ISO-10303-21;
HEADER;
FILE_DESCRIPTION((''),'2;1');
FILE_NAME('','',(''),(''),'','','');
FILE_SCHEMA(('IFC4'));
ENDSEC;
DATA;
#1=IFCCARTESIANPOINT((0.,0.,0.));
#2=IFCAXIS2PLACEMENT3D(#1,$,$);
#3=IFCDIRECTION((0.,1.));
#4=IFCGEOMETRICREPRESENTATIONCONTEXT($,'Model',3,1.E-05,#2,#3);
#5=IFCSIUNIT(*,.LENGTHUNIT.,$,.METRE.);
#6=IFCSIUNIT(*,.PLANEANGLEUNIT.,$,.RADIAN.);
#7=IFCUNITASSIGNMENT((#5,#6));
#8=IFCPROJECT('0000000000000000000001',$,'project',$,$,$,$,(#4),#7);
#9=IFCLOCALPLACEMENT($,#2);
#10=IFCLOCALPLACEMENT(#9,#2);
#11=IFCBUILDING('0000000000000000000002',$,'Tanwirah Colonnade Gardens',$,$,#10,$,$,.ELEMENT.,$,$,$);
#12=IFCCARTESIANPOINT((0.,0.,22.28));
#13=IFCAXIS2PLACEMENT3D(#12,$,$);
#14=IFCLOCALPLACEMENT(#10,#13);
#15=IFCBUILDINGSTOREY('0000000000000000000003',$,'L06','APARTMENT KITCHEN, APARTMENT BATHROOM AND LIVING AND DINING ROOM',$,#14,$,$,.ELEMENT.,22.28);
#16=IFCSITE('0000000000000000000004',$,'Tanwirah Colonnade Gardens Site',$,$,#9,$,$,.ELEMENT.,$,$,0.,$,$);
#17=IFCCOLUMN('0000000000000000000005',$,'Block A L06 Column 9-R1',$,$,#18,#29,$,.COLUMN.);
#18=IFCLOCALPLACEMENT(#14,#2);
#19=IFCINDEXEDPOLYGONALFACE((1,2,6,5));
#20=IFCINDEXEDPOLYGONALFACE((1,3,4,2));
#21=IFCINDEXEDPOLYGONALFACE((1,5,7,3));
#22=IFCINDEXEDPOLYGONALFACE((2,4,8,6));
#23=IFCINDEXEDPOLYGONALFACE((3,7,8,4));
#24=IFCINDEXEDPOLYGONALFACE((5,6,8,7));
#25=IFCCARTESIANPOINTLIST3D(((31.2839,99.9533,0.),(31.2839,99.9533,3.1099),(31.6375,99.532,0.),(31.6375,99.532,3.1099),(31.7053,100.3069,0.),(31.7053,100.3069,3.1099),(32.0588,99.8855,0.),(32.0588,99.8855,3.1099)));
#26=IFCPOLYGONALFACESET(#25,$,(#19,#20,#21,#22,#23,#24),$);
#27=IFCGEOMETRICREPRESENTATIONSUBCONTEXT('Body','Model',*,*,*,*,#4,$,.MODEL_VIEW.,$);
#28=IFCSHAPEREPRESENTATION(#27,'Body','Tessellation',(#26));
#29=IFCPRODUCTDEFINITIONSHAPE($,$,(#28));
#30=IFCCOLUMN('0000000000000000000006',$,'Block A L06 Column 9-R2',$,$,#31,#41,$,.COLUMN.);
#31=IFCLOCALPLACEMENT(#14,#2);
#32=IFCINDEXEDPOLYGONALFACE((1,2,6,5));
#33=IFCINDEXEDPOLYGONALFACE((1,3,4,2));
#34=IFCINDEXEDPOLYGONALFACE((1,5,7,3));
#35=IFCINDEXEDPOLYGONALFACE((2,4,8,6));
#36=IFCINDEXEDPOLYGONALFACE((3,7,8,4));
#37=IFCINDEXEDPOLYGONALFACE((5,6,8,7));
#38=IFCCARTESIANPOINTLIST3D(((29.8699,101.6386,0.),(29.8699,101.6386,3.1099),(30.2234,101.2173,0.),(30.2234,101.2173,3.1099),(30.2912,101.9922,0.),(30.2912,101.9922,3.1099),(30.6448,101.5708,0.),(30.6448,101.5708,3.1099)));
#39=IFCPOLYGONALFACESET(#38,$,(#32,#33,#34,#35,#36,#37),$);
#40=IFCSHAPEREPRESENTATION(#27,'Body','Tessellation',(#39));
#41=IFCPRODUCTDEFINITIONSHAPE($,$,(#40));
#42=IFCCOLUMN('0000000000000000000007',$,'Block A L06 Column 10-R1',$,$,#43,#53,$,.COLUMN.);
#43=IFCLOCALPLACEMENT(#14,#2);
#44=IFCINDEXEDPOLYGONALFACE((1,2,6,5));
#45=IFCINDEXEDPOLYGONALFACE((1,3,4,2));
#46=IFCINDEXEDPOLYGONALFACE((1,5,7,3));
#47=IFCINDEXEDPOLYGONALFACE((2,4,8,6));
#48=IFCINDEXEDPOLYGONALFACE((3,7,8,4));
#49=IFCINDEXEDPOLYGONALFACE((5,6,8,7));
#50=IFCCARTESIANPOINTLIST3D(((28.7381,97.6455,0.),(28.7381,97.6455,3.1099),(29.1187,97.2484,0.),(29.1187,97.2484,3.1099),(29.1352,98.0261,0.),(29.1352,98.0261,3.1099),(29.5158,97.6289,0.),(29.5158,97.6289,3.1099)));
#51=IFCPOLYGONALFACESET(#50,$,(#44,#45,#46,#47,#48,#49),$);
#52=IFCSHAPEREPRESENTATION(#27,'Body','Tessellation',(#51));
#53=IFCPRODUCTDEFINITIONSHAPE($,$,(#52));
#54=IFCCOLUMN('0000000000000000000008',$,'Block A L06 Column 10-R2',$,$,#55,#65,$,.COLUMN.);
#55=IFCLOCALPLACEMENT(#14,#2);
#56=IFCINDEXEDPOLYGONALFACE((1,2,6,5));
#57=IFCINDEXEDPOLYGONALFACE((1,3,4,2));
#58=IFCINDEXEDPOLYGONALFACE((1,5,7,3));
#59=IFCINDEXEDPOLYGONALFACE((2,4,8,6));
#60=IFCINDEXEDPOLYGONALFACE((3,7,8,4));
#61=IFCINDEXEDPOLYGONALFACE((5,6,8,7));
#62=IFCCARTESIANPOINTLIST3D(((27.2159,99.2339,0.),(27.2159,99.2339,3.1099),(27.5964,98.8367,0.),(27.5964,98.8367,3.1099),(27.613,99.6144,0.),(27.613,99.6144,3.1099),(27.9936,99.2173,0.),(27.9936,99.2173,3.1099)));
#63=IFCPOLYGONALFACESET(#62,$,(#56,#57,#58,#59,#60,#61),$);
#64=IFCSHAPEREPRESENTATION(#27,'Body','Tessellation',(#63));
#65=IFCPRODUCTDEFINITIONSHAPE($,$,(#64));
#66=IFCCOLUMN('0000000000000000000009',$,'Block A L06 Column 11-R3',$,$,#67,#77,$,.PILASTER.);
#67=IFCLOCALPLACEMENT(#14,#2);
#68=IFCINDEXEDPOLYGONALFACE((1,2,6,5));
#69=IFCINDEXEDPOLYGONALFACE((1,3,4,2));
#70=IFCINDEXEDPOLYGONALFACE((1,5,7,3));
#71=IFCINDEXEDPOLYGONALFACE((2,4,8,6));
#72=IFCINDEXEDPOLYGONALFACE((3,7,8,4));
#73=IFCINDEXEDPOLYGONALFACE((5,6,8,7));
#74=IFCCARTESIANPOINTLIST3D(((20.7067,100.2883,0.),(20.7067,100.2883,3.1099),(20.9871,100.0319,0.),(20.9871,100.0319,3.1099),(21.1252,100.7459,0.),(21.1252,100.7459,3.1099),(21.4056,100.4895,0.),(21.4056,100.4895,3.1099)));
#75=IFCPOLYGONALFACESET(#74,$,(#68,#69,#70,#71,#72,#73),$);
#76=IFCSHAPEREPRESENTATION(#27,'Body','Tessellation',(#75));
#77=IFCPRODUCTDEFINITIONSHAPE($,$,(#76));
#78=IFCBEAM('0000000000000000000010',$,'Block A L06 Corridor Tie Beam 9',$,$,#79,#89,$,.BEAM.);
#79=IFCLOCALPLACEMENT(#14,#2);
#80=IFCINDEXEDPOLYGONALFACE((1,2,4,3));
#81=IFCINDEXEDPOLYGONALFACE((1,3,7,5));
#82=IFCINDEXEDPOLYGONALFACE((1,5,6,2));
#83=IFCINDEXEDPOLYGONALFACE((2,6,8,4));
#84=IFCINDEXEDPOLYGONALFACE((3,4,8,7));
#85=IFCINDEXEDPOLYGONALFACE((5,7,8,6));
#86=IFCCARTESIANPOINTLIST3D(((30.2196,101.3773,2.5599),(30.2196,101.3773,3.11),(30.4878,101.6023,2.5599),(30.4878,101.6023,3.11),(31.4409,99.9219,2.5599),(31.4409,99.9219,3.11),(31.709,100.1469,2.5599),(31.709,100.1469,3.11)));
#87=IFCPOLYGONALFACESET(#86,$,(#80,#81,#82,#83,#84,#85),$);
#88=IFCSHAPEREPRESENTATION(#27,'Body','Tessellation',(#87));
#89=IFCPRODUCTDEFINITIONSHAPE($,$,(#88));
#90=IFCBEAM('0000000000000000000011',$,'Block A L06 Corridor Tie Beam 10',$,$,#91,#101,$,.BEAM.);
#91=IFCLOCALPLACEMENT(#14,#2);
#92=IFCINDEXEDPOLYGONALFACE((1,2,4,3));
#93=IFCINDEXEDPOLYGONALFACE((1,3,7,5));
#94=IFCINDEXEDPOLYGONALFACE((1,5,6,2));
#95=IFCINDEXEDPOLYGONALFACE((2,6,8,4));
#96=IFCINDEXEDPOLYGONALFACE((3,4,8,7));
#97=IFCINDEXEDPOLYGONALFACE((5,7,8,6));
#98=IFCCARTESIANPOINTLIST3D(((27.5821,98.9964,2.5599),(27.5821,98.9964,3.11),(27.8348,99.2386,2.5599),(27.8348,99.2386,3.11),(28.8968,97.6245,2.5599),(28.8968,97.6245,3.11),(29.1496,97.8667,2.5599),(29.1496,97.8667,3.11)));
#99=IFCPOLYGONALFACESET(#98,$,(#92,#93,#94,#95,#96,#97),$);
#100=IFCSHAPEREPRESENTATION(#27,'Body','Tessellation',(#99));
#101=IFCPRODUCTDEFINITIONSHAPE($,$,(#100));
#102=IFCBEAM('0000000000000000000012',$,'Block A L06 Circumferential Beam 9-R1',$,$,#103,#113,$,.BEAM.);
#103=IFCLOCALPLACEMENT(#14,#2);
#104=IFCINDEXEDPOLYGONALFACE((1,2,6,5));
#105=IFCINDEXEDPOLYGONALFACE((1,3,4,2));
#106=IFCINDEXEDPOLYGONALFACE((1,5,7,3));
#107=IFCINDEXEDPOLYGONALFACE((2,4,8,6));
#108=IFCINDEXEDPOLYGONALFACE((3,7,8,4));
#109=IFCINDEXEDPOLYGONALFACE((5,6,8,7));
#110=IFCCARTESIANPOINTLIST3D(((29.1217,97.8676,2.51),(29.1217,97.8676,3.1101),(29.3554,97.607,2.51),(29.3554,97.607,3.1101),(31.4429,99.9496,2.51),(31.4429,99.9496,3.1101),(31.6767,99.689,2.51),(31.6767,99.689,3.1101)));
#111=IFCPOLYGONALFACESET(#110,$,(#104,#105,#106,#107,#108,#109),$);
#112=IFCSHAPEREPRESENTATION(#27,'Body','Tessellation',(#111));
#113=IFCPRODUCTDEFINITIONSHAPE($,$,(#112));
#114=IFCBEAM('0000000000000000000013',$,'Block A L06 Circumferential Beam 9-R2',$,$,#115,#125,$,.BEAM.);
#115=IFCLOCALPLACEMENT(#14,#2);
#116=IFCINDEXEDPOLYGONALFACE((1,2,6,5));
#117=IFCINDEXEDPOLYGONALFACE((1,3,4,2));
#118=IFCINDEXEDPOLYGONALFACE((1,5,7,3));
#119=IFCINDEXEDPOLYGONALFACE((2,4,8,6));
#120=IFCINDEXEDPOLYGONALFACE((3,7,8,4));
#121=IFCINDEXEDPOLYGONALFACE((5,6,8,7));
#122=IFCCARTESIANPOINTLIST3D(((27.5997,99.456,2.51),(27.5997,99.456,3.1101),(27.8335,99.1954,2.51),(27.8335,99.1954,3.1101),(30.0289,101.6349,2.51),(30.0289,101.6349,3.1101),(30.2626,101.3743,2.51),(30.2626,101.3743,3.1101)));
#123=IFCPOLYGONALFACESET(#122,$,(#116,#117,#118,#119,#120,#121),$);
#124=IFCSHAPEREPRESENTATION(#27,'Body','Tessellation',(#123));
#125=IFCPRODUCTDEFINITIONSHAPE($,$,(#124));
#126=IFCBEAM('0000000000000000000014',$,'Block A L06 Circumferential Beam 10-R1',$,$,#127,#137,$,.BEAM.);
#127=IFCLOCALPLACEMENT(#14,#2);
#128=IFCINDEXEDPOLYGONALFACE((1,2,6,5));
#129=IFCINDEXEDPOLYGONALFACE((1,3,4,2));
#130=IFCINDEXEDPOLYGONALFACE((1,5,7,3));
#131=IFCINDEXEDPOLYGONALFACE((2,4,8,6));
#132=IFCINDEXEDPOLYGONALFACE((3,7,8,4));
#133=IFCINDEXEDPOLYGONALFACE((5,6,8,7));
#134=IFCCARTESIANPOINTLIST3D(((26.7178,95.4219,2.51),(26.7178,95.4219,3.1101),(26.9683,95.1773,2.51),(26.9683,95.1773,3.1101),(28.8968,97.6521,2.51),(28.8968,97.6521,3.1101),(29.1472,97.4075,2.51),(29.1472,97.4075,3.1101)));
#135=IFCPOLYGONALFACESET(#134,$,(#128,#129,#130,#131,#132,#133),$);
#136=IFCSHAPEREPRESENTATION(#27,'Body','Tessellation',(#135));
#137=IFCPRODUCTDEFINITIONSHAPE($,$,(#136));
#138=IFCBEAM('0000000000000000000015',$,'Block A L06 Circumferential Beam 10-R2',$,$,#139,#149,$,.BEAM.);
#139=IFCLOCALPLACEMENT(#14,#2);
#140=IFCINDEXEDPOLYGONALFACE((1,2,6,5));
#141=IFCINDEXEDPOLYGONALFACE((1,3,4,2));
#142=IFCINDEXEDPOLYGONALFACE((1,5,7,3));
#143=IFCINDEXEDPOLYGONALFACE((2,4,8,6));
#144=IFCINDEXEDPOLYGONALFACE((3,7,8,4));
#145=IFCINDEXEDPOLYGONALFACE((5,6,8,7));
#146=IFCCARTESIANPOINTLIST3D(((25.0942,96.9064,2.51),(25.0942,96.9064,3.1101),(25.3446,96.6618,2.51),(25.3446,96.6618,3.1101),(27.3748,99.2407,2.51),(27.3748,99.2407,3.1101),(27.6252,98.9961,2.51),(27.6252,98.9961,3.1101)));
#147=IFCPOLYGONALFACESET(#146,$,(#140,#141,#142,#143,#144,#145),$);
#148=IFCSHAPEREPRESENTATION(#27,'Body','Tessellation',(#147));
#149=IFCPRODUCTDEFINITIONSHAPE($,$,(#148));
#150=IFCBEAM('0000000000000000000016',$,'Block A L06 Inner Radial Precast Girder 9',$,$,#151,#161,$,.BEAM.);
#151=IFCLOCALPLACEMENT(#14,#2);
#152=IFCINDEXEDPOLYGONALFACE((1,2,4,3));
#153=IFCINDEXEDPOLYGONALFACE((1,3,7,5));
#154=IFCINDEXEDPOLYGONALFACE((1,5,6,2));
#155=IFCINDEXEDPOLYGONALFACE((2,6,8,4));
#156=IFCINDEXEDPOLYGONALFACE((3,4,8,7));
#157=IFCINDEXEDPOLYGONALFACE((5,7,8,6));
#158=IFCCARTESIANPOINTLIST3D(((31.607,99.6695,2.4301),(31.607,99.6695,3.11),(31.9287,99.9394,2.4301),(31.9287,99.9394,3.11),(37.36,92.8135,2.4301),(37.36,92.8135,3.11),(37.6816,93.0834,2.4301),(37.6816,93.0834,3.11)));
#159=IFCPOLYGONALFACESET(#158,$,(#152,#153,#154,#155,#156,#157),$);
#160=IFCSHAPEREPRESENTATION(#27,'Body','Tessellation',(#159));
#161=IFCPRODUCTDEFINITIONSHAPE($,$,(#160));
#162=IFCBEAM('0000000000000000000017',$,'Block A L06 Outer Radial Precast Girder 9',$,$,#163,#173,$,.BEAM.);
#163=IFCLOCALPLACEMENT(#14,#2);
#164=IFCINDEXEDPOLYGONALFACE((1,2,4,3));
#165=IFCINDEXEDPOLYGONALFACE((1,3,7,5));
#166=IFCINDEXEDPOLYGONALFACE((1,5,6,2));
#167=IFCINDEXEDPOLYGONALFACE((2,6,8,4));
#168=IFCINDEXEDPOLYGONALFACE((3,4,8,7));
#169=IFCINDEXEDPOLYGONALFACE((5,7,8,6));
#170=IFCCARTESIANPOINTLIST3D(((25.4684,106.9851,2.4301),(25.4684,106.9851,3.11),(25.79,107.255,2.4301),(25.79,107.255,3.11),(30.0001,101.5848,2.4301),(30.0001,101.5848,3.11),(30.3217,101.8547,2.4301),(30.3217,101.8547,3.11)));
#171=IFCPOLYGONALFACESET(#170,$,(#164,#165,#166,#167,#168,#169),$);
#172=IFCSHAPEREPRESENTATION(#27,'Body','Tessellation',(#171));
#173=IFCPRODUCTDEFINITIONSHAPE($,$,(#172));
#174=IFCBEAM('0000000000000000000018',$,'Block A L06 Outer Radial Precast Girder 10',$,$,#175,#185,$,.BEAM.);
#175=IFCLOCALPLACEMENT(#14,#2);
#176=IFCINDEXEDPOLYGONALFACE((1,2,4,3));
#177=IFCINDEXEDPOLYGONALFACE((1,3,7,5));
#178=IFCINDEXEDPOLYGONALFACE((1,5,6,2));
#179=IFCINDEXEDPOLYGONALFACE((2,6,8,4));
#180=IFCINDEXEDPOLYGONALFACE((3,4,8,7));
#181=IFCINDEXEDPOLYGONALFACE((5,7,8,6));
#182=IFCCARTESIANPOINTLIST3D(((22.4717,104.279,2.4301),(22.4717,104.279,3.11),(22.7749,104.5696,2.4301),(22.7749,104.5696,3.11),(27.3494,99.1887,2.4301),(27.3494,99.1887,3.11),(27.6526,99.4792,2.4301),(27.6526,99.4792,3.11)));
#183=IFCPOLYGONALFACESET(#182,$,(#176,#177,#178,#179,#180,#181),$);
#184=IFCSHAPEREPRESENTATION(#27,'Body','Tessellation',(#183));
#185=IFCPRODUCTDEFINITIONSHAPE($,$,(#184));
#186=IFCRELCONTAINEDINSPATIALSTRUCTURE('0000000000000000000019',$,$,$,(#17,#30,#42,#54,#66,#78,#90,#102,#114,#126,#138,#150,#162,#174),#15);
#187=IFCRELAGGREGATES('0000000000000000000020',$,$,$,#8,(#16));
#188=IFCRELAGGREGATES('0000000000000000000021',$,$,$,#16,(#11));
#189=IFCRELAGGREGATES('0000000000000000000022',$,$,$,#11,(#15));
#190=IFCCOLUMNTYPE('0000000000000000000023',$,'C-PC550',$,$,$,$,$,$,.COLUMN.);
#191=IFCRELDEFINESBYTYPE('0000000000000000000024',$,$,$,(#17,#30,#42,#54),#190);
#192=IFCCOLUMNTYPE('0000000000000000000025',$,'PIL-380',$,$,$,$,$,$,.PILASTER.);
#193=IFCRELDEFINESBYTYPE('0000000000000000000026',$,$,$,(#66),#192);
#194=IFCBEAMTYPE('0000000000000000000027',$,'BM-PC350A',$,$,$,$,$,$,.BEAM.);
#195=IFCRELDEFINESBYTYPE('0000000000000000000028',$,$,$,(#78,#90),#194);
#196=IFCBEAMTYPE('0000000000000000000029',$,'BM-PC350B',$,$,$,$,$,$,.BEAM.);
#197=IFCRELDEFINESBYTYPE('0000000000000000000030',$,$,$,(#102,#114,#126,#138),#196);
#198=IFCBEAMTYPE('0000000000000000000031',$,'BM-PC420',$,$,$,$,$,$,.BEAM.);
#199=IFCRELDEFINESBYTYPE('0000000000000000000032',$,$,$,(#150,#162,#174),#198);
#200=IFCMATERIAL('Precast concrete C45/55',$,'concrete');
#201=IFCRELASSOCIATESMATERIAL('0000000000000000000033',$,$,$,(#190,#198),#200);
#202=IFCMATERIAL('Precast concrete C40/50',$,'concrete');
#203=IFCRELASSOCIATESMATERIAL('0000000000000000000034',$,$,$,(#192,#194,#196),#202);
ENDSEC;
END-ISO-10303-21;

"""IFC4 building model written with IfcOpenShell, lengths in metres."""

from ifc_helpers import new_model, si_unit, direction, frame, origin, origin_2d, place, context, subcontext, project, spatial, rectangle, extrude, material, material_profile, profile_set, type_object, element, save


model = new_model("IFC4")

# Units and contexts
model_context = context("Model", 3, precision=1e-05, world=origin(), true_north=direction((0.0, 1.0)))
body_context = subcontext(model_context, "Body", "Model", "MODEL_VIEW")
ifc_project = project(units=[si_unit("LENGTHUNIT", "METRE"), si_unit("PLANEANGLEUNIT", "RADIAN")], contexts=[model_context])

# Site, building, storey
site_placement = place(None, origin())
site = spatial("IfcSite", under=ifc_project, at=site_placement, Name="Tanwirah Colonnade Gardens Site", CompositionType="ELEMENT", RefElevation=0.0)
building_placement = place(site_placement, origin())
building = spatial("IfcBuilding", under=site, at=building_placement, Name="Tanwirah Colonnade Gardens", CompositionType="ELEMENT")
storey_placement = place(building_placement, frame((0.0, 0.0, 22.28)))
storey = spatial("IfcBuildingStorey", under=building, at=storey_placement, Name="L06", Description="APARTMENT KITCHEN, APARTMENT BATHROOM AND LIVING AND DINING ROOM", CompositionType="ELEMENT", Elevation=22.28)

# Columns
ifc_material_1 = material(Name="Precast concrete C45/55", Category="concrete")
ifc_material_profile_1 = material_profile(ifc_material_1, rectangle(XDim=0.55, YDim=0.55, at=origin_2d()), Name="PC-COL 550x550")
ifc_profile_set_1 = profile_set([ifc_material_profile_1], Name="Precast concrete C45/55")
column_type_1 = type_object("IfcColumnType", Name="C-PC550", PredefinedType="COLUMN", material=ifc_profile_set_1)
for number, where, z_axis, x_axis, name in (
    (1, (31.6714, 99.9194, 0.0), (0.0, 0.0, 1.0), (-0.642788, 0.766044, 0.0), "Block A L06 Column 9-R1"),
    (2, (30.2573, 101.6047, 0.0), (0.0, 0.0, 1.0), (-0.642788, 0.766044, 0.0), "Block A L06 Column 9-R2"),
    (3, (29.127, 97.6372, 0.0), (0.0, 0.0, 1.0), (-0.691863, 0.722029, 0.0), "Block A L06 Column 10-R1"),
    (4, (27.6047, 99.2256, 0.0), (0.0, 0.0, 1.0), (-0.691863, 0.722029, 0.0), "Block A L06 Column 10-R2"),
):
    element("IfcColumn", number, at=place(storey_placement, frame(where, z_axis=z_axis, x_axis=x_axis)), inside=storey, type_object=column_type_1, Name=name, PredefinedType="COLUMN", context=body_context, shape_type="SweptSolid", body=[
        extrude(rectangle(XDim=0.55, YDim=0.55, at=origin_2d()), origin(), (0.0, 0.0, 1.0), 3.1099),
    ])
ifc_material_2 = material(Name="Precast concrete C40/50", Category="concrete")
ifc_material_profile_2 = material_profile(ifc_material_2, rectangle(XDim=0.3799, YDim=0.6201, at=origin_2d()), Name="PC-PIL 380x620")
ifc_profile_set_2 = profile_set([ifc_material_profile_2], Name="Precast concrete C40/50")
column_type_2 = type_object("IfcColumnType", Name="PIL-380", PredefinedType="PILASTER", material=ifc_profile_set_2)
column_placement = place(storey_placement, frame((21.0562, 100.3889, 0.0), z_axis=(0.0, 0.0, 1.0), x_axis=(-0.737932, 0.674875, 0.0)))
element("IfcColumn", 5, at=column_placement, inside=storey, type_object=column_type_2, Name="Block A L06 Column 11-R3", PredefinedType="PILASTER", context=body_context, shape_type="SweptSolid", body=[
    extrude(rectangle(XDim=0.3799, YDim=0.6201, at=origin_2d()), origin(), (0.0, 0.0, 1.0), 3.1099),
])

# Beams
ifc_material_profile_3 = material_profile(ifc_material_2, rectangle(XDim=0.3501, YDim=0.55, at=origin_2d()), Name="PC-BM 350x550")
ifc_profile_set_3 = profile_set([ifc_material_profile_3], Name="Precast concrete C40/50")
beam_type_1 = type_object("IfcBeamType", Name="BM-PC350A", PredefinedType="BEAM", material=ifc_profile_set_3)
beam_1_placement = place(storey_placement, frame((31.575, 100.0344, 2.835), z_axis=(-0.642797, 0.766036, 0.0), x_axis=(-0.766036, -0.642797, 0.0)))
element("IfcBeam", 6, at=beam_1_placement, inside=storey, type_object=beam_type_1, Name="Block A L06 Corridor Tie Beam 9", PredefinedType="BEAM", context=body_context, shape_type="SweptSolid", body=[
    extrude(rectangle(XDim=0.3501, YDim=0.55, at=origin_2d()), origin(), (0.0, 0.0, 1.0), 1.8999),
])
beam_2_placement = place(storey_placement, frame((29.0232, 97.7456, 2.835), z_axis=(-0.691914, 0.72198, 0.0), x_axis=(-0.72198, -0.691914, 0.0)))
element("IfcBeam", 7, at=beam_2_placement, inside=storey, type_object=beam_type_1, Name="Block A L06 Corridor Tie Beam 10", PredefinedType="BEAM", context=body_context, shape_type="SweptSolid", body=[
    extrude(rectangle(XDim=0.3501, YDim=0.55, at=origin_2d()), origin(), (0.0, 0.0, 1.0), 1.9001),
])
ifc_material_profile_4 = material_profile(ifc_material_2, rectangle(XDim=0.3501, YDim=0.6001, at=origin_2d()), Name="PC-BM 350x600")
ifc_profile_set_4 = profile_set([ifc_material_profile_4], Name="Precast concrete C40/50")
beam_type_2 = type_object("IfcBeamType", Name="BM-PC350B", PredefinedType="BEAM", material=ifc_profile_set_4)
beam_3_placement = place(storey_placement, frame((31.5598, 99.8193, 2.8101), z_axis=(-0.74443, -0.667701, 0.0), x_axis=(0.667701, -0.74443, 0.0)))
element("IfcBeam", 8, at=beam_3_placement, inside=storey, type_object=beam_type_2, Name="Block A L06 Circumferential Beam 9-R1", PredefinedType="BEAM", context=body_context, shape_type="SweptSolid", body=[
    extrude(rectangle(XDim=0.3501, YDim=0.6001, at=origin_2d()), origin(), (0.0, 0.0, 1.0), 3.1182),
])
beam_4_placement = place(storey_placement, frame((30.1458, 101.5046, 2.8101), z_axis=(-0.744409, -0.667724, 0.0), x_axis=(0.667724, -0.744409, 0.0)))
element("IfcBeam", 9, at=beam_4_placement, inside=storey, type_object=beam_type_2, Name="Block A L06 Circumferential Beam 9-R2", PredefinedType="BEAM", context=body_context, shape_type="SweptSolid", body=[
    extrude(rectangle(XDim=0.3501, YDim=0.6001, at=origin_2d()), origin(), (0.0, 0.0, 1.0), 3.2632),
])
beam_5_placement = place(storey_placement, frame((29.022, 97.5298, 2.8101), z_axis=(-0.698837, -0.715281, 0.0), x_axis=(0.715281, -0.698837, 0.0)))
element("IfcBeam", 10, at=beam_5_placement, inside=storey, type_object=beam_type_2, Name="Block A L06 Circumferential Beam 10-R1", PredefinedType="BEAM", context=body_context, shape_type="SweptSolid", body=[
    extrude(rectangle(XDim=0.3501, YDim=0.6001, at=origin_2d()), origin(), (0.0, 0.0, 1.0), 3.1179),
])
beam_6_placement = place(storey_placement, frame((27.5, 99.1184, 2.8101), z_axis=(-0.698829, -0.715288, 0.0), x_axis=(0.715288, -0.698829, 0.0)))
element("IfcBeam", 11, at=beam_6_placement, inside=storey, type_object=beam_type_2, Name="Block A L06 Circumferential Beam 10-R2", PredefinedType="BEAM", context=body_context, shape_type="SweptSolid", body=[
    extrude(rectangle(XDim=0.3501, YDim=0.6001, at=origin_2d()), origin(), (0.0, 0.0, 1.0), 3.2634),
])
ifc_material_profile_5 = material_profile(ifc_material_1, rectangle(XDim=0.4199, YDim=0.6799, at=origin_2d()), Name="PC-BM 420x680")
ifc_profile_set_5 = profile_set([ifc_material_profile_5], Name="Precast concrete C45/55")
beam_type_3 = type_object("IfcBeamType", Name="BM-PC420", PredefinedType="BEAM", material=ifc_profile_set_5)
beam_7_placement = place(storey_placement, frame((31.7678, 99.8044, 2.77), z_axis=(0.642794, -0.766039, 0.0), x_axis=(0.766039, 0.642794, 0.0)))
element("IfcBeam", 12, at=beam_7_placement, inside=storey, type_object=beam_type_3, Name="Block A L06 Inner Radial Precast Girder 9", PredefinedType="BEAM", context=body_context, shape_type="SweptSolid", body=[
    extrude(rectangle(XDim=0.4199, YDim=0.6799, at=origin_2d()), origin(), (0.0, 0.0, 1.0), 8.95),
])
beam_8_placement = place(storey_placement, frame((30.1609, 101.7197, 2.77), z_axis=(-0.64281, 0.766025, 0.0), x_axis=(-0.766025, -0.64281, 0.0)))
element("IfcBeam", 13, at=beam_8_placement, inside=storey, type_object=beam_type_3, Name="Block A L06 Outer Radial Precast Girder 9", PredefinedType="BEAM", context=body_context, shape_type="SweptSolid", body=[
    extrude(rectangle(XDim=0.4199, YDim=0.6799, at=origin_2d()), origin(), (0.0, 0.0, 1.0), 7.0498),
])
beam_9_placement = place(storey_placement, frame((27.501, 99.334, 2.77), z_axis=(-0.691865, 0.722027, 0.0), x_axis=(-0.722027, -0.691865, 0.0)))
element("IfcBeam", 14, at=beam_9_placement, inside=storey, type_object=beam_type_3, Name="Block A L06 Outer Radial Precast Girder 10", PredefinedType="BEAM", context=body_context, shape_type="SweptSolid", body=[
    extrude(rectangle(XDim=0.4199, YDim=0.6799, at=origin_2d()), origin(), (0.0, 0.0, 1.0), 7.05),
])

save(model, "model.ifc")
